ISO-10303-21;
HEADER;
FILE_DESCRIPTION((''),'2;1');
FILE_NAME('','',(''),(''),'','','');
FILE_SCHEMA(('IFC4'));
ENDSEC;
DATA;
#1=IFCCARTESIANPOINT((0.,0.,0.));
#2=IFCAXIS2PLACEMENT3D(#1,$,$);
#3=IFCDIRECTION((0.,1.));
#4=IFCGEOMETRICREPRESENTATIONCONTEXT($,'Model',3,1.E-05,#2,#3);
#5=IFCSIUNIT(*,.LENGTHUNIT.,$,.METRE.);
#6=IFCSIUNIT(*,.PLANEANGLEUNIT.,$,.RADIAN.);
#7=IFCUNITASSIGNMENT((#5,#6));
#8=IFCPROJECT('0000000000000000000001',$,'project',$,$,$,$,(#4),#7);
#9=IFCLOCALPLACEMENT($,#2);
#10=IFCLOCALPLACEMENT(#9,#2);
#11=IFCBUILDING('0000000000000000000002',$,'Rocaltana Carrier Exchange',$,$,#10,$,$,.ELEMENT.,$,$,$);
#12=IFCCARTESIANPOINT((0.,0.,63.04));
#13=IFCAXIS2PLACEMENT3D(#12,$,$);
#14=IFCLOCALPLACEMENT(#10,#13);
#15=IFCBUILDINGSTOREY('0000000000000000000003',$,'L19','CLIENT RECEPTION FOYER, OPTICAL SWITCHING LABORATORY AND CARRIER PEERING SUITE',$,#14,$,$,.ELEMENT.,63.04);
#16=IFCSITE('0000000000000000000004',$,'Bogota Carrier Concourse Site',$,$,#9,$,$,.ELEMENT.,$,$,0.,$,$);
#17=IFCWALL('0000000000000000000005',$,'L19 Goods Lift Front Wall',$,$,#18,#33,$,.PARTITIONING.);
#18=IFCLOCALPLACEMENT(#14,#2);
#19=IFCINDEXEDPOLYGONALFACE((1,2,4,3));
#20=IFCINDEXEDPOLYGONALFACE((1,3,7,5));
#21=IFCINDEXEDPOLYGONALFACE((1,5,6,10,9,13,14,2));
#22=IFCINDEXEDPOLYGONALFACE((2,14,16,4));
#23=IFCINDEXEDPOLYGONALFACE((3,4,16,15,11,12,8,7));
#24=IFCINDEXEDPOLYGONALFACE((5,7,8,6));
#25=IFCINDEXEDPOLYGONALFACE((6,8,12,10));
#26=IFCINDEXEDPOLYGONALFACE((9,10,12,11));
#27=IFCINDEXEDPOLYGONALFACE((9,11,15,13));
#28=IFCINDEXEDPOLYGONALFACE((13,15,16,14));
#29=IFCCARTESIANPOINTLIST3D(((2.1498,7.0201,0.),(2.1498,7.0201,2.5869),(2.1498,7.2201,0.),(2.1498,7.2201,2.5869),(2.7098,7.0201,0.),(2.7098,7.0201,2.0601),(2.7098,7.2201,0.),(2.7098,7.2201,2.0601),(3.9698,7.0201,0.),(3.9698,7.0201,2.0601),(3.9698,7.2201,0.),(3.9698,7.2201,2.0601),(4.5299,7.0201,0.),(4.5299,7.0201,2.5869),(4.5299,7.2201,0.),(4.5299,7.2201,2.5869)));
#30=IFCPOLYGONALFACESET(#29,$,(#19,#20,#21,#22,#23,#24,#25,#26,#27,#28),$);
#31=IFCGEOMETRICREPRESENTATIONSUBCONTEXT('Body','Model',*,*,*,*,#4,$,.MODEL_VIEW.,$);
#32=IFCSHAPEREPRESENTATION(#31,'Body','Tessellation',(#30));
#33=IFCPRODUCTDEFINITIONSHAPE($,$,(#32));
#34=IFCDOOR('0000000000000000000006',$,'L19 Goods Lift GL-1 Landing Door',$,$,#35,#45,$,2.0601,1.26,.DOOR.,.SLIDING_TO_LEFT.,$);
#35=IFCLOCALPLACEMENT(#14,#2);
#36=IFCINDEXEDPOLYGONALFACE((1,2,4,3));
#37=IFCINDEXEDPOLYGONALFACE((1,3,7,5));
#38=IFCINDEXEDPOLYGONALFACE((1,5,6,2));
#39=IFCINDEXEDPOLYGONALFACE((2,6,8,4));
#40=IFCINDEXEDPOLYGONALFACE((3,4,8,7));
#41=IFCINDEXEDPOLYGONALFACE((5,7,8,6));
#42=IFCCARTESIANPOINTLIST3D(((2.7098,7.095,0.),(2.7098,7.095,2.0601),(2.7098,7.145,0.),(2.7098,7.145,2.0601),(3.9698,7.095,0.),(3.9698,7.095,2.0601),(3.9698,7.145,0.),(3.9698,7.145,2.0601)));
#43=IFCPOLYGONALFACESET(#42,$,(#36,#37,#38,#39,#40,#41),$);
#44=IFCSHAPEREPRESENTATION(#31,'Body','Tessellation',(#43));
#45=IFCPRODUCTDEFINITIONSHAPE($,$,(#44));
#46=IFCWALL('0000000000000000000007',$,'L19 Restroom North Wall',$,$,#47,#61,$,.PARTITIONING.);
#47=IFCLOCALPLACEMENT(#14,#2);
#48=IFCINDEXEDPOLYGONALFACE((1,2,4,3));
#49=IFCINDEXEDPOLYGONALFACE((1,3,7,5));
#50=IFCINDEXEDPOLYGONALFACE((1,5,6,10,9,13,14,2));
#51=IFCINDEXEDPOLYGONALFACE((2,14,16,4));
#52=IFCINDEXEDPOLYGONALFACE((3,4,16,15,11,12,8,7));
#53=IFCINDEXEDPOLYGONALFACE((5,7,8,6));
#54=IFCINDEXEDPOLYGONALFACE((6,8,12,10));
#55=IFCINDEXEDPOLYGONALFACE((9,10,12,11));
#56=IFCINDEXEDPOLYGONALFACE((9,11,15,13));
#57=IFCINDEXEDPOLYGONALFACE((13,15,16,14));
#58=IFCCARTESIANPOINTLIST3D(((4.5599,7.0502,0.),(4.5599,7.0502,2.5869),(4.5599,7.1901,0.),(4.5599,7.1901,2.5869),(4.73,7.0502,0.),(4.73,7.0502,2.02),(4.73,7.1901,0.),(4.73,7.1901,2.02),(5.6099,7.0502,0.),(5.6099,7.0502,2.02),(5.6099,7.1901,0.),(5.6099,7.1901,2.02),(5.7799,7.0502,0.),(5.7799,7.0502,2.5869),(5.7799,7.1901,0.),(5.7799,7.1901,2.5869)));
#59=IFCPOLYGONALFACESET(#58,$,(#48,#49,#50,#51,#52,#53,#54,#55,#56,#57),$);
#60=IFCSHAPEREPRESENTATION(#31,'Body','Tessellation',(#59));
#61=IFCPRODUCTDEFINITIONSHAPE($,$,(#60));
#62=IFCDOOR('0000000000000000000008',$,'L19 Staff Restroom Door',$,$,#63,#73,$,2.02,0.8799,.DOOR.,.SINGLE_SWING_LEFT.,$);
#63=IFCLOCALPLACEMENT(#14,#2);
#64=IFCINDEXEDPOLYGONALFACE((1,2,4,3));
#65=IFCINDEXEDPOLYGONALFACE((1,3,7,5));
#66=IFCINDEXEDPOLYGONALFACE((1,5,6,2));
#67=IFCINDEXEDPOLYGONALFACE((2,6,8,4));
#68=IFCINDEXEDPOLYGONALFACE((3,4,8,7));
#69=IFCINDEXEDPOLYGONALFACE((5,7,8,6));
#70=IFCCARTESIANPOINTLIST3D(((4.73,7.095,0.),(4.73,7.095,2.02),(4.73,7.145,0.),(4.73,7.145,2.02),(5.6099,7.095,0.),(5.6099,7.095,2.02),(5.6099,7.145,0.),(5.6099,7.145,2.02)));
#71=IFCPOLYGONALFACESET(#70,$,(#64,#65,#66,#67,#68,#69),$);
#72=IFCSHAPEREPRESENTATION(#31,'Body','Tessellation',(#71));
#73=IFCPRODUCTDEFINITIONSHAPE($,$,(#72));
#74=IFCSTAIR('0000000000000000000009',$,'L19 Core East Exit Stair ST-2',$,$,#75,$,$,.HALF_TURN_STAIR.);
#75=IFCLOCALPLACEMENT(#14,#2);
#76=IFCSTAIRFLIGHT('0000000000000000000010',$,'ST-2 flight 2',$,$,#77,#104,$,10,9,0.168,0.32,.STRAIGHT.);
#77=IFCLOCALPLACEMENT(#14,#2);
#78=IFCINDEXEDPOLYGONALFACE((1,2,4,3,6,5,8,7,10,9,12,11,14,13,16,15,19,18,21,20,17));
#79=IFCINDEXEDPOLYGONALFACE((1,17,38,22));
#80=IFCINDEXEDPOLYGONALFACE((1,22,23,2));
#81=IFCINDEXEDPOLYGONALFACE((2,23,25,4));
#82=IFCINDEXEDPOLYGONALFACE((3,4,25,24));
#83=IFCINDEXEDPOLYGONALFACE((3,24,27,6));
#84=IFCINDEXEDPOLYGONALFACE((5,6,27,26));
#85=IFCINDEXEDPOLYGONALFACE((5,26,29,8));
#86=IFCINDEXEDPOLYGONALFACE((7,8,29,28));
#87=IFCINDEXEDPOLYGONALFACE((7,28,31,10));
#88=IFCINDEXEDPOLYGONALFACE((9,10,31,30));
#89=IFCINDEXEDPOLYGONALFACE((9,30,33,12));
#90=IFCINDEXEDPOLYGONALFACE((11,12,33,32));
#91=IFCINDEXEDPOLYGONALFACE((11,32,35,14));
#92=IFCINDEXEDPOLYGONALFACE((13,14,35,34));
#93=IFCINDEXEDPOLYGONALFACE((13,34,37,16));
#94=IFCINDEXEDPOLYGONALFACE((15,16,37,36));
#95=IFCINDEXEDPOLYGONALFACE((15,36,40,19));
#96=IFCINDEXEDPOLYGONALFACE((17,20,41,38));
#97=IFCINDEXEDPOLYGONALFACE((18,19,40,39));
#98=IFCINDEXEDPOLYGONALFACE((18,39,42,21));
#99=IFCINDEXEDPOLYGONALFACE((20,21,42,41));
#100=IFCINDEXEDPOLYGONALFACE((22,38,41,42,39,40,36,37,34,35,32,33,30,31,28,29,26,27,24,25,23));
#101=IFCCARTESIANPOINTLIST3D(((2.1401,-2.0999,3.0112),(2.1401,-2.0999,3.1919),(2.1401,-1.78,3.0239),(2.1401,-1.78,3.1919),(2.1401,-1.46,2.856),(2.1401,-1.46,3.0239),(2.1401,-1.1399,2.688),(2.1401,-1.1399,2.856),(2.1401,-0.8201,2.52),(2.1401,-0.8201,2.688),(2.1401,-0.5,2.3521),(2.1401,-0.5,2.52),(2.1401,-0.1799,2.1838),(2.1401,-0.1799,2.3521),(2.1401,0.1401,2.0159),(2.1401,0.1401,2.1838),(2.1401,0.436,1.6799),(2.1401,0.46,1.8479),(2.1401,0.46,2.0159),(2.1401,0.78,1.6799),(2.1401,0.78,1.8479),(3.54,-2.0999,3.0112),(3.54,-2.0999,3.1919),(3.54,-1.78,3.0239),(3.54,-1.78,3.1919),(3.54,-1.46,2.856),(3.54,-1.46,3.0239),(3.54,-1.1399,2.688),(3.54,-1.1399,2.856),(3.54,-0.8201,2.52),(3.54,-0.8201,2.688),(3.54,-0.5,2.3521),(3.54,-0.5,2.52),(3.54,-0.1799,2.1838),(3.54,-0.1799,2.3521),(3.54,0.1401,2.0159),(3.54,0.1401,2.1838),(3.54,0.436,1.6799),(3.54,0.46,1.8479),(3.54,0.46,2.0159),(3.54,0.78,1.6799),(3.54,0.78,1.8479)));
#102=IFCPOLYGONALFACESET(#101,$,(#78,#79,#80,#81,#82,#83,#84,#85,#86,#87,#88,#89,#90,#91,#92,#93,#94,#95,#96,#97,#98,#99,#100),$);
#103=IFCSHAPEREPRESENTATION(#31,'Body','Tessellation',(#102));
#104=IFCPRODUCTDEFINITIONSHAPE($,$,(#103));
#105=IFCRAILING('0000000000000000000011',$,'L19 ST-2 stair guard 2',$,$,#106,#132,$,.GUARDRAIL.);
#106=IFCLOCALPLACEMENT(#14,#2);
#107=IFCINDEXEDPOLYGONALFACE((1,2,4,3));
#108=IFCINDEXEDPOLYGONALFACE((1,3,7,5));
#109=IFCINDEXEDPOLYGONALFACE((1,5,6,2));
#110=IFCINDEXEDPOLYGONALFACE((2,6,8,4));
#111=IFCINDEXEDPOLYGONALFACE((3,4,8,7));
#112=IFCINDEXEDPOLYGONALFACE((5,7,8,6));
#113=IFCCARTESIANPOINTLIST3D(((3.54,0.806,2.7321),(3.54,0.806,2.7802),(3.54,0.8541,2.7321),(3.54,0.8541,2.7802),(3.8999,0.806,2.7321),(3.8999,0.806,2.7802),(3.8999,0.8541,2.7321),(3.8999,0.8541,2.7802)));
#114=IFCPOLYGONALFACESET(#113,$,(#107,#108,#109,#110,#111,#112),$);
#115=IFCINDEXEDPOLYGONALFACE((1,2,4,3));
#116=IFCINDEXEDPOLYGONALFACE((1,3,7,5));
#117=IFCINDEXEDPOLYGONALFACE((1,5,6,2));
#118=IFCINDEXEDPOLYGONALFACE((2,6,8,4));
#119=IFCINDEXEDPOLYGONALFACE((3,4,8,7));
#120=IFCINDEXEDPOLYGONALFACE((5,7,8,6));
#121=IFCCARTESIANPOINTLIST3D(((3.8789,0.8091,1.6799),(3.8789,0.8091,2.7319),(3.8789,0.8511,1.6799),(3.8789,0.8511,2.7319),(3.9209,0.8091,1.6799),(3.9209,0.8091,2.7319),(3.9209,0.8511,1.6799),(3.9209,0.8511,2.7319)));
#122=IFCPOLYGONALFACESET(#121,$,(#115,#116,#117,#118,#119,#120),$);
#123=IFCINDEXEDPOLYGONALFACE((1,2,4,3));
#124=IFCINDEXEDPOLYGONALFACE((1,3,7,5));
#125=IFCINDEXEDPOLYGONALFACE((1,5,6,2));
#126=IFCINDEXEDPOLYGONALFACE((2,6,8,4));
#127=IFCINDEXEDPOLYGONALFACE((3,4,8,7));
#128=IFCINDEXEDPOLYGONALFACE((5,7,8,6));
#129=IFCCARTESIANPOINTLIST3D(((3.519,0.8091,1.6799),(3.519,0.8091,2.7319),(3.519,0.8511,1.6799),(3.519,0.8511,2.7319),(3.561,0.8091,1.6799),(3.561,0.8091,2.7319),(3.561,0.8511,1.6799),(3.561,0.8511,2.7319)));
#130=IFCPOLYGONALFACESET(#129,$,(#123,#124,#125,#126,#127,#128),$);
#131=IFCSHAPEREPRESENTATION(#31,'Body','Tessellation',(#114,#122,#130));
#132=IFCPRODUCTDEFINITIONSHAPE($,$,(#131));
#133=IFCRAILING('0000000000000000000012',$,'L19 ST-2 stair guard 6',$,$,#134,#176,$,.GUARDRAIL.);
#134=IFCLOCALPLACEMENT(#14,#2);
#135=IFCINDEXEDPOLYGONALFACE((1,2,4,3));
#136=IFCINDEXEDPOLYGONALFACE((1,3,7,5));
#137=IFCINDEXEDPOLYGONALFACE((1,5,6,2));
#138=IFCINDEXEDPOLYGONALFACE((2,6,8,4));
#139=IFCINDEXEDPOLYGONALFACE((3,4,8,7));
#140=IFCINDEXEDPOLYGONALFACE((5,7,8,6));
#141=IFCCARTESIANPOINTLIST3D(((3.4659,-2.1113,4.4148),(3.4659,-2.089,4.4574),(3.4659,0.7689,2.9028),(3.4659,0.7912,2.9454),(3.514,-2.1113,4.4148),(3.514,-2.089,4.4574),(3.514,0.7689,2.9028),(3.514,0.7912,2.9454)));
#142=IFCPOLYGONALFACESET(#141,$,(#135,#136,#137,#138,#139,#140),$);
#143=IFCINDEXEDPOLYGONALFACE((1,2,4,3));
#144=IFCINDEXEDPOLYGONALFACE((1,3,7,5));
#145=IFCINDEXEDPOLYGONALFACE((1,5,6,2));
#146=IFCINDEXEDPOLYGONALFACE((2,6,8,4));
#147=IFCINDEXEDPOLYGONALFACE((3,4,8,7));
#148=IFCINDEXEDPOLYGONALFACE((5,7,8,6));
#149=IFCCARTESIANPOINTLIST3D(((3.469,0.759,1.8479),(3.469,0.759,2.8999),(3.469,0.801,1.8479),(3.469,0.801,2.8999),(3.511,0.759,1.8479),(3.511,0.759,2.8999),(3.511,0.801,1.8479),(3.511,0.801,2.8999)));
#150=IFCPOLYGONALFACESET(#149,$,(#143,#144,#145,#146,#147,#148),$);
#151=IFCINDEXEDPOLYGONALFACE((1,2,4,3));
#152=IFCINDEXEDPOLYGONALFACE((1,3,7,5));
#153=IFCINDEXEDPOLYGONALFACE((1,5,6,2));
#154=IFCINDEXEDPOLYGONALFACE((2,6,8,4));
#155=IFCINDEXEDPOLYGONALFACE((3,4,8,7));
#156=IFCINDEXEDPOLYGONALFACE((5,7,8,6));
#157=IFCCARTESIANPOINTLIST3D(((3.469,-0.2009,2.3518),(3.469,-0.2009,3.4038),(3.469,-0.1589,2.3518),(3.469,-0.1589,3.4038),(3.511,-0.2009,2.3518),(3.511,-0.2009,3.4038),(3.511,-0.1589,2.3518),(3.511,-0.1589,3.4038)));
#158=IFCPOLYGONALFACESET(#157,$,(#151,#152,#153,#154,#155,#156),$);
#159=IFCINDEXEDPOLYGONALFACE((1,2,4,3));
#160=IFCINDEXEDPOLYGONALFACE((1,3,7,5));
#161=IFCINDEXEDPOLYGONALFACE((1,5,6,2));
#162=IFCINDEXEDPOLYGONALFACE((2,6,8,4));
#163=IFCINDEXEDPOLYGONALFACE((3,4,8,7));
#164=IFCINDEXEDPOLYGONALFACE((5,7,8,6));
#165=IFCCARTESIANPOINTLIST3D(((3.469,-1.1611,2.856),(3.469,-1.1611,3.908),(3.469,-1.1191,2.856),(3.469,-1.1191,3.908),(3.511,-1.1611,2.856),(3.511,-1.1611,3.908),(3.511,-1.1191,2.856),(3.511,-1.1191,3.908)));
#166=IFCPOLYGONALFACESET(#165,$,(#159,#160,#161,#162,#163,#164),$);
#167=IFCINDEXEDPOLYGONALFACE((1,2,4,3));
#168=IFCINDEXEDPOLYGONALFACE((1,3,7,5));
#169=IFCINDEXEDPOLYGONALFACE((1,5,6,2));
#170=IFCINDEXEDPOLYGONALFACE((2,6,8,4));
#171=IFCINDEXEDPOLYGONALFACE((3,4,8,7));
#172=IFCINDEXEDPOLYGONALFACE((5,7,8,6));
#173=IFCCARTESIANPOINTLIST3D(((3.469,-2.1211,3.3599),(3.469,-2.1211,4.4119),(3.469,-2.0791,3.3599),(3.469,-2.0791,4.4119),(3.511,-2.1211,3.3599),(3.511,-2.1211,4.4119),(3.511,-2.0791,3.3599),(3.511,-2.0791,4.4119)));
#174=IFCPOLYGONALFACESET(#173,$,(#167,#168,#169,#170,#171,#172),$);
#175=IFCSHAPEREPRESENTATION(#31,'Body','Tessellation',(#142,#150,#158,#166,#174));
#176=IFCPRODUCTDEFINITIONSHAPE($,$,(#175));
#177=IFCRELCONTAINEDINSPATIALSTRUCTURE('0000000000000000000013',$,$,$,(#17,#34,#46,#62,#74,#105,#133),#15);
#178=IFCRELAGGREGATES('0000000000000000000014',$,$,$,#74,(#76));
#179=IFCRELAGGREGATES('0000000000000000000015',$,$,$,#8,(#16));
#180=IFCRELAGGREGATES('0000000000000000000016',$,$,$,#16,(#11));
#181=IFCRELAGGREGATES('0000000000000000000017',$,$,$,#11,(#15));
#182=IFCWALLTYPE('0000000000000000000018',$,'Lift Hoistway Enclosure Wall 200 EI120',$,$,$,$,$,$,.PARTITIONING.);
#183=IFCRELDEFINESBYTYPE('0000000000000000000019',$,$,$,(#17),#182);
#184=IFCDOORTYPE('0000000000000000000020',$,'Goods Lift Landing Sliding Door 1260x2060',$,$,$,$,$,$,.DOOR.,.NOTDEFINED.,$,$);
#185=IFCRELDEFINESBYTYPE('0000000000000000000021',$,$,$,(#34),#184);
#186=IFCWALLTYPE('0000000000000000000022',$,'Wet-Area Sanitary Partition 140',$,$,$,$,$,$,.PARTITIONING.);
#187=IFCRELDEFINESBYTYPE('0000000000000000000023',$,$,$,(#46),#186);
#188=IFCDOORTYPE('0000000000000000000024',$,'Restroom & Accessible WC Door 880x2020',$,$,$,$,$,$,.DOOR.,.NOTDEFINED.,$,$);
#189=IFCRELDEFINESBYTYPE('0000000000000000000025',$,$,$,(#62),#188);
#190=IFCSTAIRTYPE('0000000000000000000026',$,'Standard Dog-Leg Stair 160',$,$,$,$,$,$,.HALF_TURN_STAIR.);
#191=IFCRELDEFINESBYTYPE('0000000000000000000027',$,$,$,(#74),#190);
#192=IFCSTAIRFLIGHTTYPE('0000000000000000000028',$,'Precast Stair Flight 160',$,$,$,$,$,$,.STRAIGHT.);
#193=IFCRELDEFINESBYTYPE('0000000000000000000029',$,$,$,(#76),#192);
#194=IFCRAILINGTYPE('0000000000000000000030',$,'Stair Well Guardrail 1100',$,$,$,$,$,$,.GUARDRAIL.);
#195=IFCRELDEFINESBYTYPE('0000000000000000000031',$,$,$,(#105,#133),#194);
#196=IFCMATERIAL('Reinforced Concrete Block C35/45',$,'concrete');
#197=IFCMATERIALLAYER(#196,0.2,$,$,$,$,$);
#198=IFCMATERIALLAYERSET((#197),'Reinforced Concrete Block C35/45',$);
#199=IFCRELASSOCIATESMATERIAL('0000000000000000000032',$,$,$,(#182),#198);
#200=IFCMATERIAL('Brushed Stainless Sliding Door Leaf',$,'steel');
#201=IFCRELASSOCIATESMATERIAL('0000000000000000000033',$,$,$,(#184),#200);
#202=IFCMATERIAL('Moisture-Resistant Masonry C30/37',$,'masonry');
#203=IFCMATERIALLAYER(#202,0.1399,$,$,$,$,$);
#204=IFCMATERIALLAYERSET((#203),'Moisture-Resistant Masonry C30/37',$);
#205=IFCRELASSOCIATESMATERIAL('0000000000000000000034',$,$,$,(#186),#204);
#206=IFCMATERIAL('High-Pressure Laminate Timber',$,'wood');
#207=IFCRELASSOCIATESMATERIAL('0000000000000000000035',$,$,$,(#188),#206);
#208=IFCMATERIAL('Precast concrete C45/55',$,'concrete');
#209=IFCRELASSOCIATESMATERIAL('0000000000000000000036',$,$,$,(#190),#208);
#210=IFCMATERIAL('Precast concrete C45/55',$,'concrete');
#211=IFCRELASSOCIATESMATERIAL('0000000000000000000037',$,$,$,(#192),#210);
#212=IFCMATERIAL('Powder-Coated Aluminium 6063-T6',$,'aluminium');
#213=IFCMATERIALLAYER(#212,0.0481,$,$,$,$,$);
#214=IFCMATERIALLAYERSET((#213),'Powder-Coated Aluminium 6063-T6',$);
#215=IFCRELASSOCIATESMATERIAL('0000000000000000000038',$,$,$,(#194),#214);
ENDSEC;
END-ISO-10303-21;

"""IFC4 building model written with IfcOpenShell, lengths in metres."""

from ifc_helpers import new_model, si_unit, direction, frame, frame_2d, origin, origin_2d, place, context, subcontext, project, spatial, polyline, rectangle, outline, extrude, material, layer, layer_set, type_object, element, fill, aggregate, save


model = new_model("IFC4")

# Units and contexts
model_context = context("Model", 3, precision=1e-05, world=origin(), true_north=direction((0.0, 1.0)))
body_context = subcontext(model_context, "Body", "Model", "MODEL_VIEW")
ifc_project = project(units=[si_unit("LENGTHUNIT", "METRE"), si_unit("PLANEANGLEUNIT", "RADIAN")], contexts=[model_context])

# Site, building, storey
site_placement = place(None, origin())
site = spatial("IfcSite", under=ifc_project, at=site_placement, Name="Bogota Carrier Concourse Site", CompositionType="ELEMENT", RefElevation=0.0)
building_placement = place(site_placement, origin())
building = spatial("IfcBuilding", under=site, at=building_placement, Name="Rocaltana Carrier Exchange", CompositionType="ELEMENT")
storey_placement = place(building_placement, frame((0.0, 0.0, 63.04)))
storey = spatial("IfcBuildingStorey", under=building, at=storey_placement, Name="L19", Description="CLIENT RECEPTION FOYER, OPTICAL SWITCHING LABORATORY AND CARRIER PEERING SUITE", CompositionType="ELEMENT", Elevation=63.04)

# Shared definitions
ifc_material_1 = material(Name="Reinforced Concrete Block C35/45", Category="concrete")
ifc_layer_1 = layer(ifc_material_1, 0.2)
ifc_layer_set_1 = layer_set([ifc_layer_1], Name="Reinforced Concrete Block C35/45")
wall_type_1 = type_object("IfcWallType", Name="Lift Hoistway Enclosure Wall 200 EI120", PredefinedType="PARTITIONING", material=ifc_layer_set_1)

# Walls, openings, doors
wall_1_placement = place(storey_placement, frame((2.1499, 7.1201, 0.0), z_axis=(0.0, 0.0, 1.0), x_axis=(1.0, 0.0, 0.0)))
wall_1 = element("IfcWall", 1, at=wall_1_placement, inside=storey, type_object=wall_type_1, Name="L19 Goods Lift Front Wall", PredefinedType="PARTITIONING", context=body_context, shape_type="SweptSolid", body=[
    extrude(rectangle(XDim=2.3801, YDim=0.2, at=frame_2d((1.1899, 0.0))), origin(), (0.0, 0.0, 1.0), 2.5869),
])
opening_1_placement = place(wall_1_placement, frame((0.5601, 0.0, 0.0)))
opening_1 = element("IfcOpeningElement", 2, at=opening_1_placement, cuts=wall_1, PredefinedType="OPENING", context=body_context, shape_type="SweptSolid", body=[
    extrude(rectangle(XDim=1.26, YDim=2.0601, at=frame_2d((0.6299, 1.03))), frame((0.0, 0.1099, 0.0), z_axis=(0.0, -1.0, 0.0), x_axis=(1.0, 0.0, 0.0)), (0.0, 0.0, 1.0), 0.22),
])
ifc_material_2 = material(Name="Brushed Stainless Sliding Door Leaf", Category="steel")
door_type_1 = type_object("IfcDoorType", Name="Goods Lift Landing Sliding Door 1260x2060", OperationType="NOTDEFINED", PredefinedType="DOOR", material=ifc_material_2)
door_1_placement = place(opening_1_placement, origin())
door_1 = element("IfcDoor", 3, at=door_1_placement, inside=storey, type_object=door_type_1, Name="L19 Goods Lift GL-1 Landing Door", OperationType="SLIDING_TO_LEFT", OverallHeight=2.0601, OverallWidth=1.26, PredefinedType="DOOR", context=body_context, shape_type="SweptSolid", body=[
    extrude(rectangle(XDim=1.26, YDim=2.0601, at=frame_2d((0.6299, 1.03))), frame((0.0, 0.0249, 0.0), z_axis=(0.0, -1.0, 0.0), x_axis=(1.0, 0.0, 0.0)), (0.0, 0.0, 1.0), 0.05),
])
fill(opening_1, door_1)
ifc_material_3 = material(Name="Moisture-Resistant Masonry C30/37", Category="masonry")
ifc_layer_2 = layer(ifc_material_3, 0.1399)
ifc_layer_set_2 = layer_set([ifc_layer_2], Name="Moisture-Resistant Masonry C30/37")
wall_type_2 = type_object("IfcWallType", Name="Wet-Area Sanitary Partition 140", PredefinedType="PARTITIONING", material=ifc_layer_set_2)
wall_2_placement = place(storey_placement, frame((4.5601, 7.1201, 0.0), z_axis=(0.0, 0.0, 1.0), x_axis=(1.0, 0.0, 0.0)))
wall_2 = element("IfcWall", 4, at=wall_2_placement, inside=storey, type_object=wall_type_2, Name="L19 Restroom North Wall", PredefinedType="PARTITIONING", context=body_context, shape_type="SweptSolid", body=[
    extrude(rectangle(XDim=1.22, YDim=0.1399, at=frame_2d((0.6099, 0.0))), origin(), (0.0, 0.0, 1.0), 2.5869),
])
opening_2_placement = place(wall_2_placement, frame((0.1699, 0.0, 0.0)))
opening_2 = element("IfcOpeningElement", 5, at=opening_2_placement, cuts=wall_2, PredefinedType="OPENING", context=body_context, shape_type="SweptSolid", body=[
    extrude(rectangle(XDim=0.8799, YDim=2.02, at=frame_2d((0.4399, 1.01))), frame((0.0, 0.0798, 0.0), z_axis=(0.0, -1.0, 0.0), x_axis=(1.0, 0.0, 0.0)), (0.0, 0.0, 1.0), 0.1599),
])
ifc_material_4 = material(Name="High-Pressure Laminate Timber", Category="wood")
door_type_2 = type_object("IfcDoorType", Name="Restroom & Accessible WC Door 880x2020", OperationType="NOTDEFINED", PredefinedType="DOOR", material=ifc_material_4)
door_2_placement = place(opening_2_placement, origin())
door_2 = element("IfcDoor", 6, at=door_2_placement, inside=storey, type_object=door_type_2, Name="L19 Staff Restroom Door", OperationType="SINGLE_SWING_LEFT", OverallHeight=2.02, OverallWidth=0.8799, PredefinedType="DOOR", context=body_context, shape_type="SweptSolid", body=[
    extrude(rectangle(XDim=0.8799, YDim=2.02, at=frame_2d((0.4399, 1.01))), frame((0.0, 0.0249, 0.0), z_axis=(0.0, -1.0, 0.0), x_axis=(1.0, 0.0, 0.0)), (0.0, 0.0, 1.0), 0.05),
])
fill(opening_2, door_2)

# Stair, stair flight
ifc_material_5 = material(Name="Precast concrete C45/55", Category="concrete")
stair_type = type_object("IfcStairType", Name="Standard Dog-Leg Stair 160", PredefinedType="HALF_TURN_STAIR", material=ifc_material_5)
stair_placement = place(storey_placement, origin())
stair = element("IfcStair", 7, at=stair_placement, inside=storey, type_object=stair_type, Name="L19 Core East Exit Stair ST-2", PredefinedType="HALF_TURN_STAIR")
ifc_material_6 = material(Name="Precast concrete C45/55", Category="concrete")
stair_flight_type = type_object("IfcStairFlightType", Name="Precast Stair Flight 160", PredefinedType="STRAIGHT", material=ifc_material_6)
stair_flight_placement = place(storey_placement, frame((2.8401, 0.78, 1.6799), z_axis=(0.0, 0.0, 1.0), x_axis=(0.0, -1.0, 0.0)))
stair_flight = element("IfcStairFlight", 8, at=stair_flight_placement, type_object=stair_flight_type, Name="ST-2 flight 2", NumberOfRisers=10, NumberOfTreads=9, PredefinedType="STRAIGHT", RiserHeight=0.168, TreadLength=0.32, context=body_context, shape_type="SweptSolid", body=[
    extrude(outline(polyline([(0.0, 0.0), (0.0, 0.168), (0.3201, 0.168), (0.3201, 0.3359), (0.6399, 0.3359), (0.6399, 0.5039), (0.96, 0.5039), (0.96, 0.6721), (1.28, 0.6721), (1.28, 0.8401), (1.6001, 0.8401), (1.6001, 1.0081), (1.9199, 1.0081), (1.9199, 1.176), (2.24, 1.176), (2.24, 1.344), (2.5601, 1.344), (2.5601, 1.512), (2.8799, 1.512), (2.8799, 1.6799), (2.8799, 1.3313), (0.344, 0.0), (0.0, 0.0)])), frame((0.0, 0.7, 0.0), z_axis=(0.0, -1.0, 0.0), x_axis=(1.0, 0.0, 0.0)), (0.0, 0.0, 1.0), 1.3999),
])
aggregate(stair, [stair_flight])

# Railings
ifc_material_7 = material(Name="Powder-Coated Aluminium 6063-T6", Category="aluminium")
ifc_layer_3 = layer(ifc_material_7, 0.0481)
ifc_layer_set_3 = layer_set([ifc_layer_3], Name="Powder-Coated Aluminium 6063-T6")
railing_type = type_object("IfcRailingType", Name="Stair Well Guardrail 1100", PredefinedType="GUARDRAIL", material=ifc_layer_set_3)
railing_1_placement = place(storey_placement, frame((3.8999, 0.8301, 1.6799)))
element("IfcRailing", 9, at=railing_1_placement, inside=storey, type_object=railing_type, Name="L19 ST-2 stair guard 2", PredefinedType="GUARDRAIL", context=body_context, shape_type="SweptSolid", body=[
    extrude(rectangle(XDim=0.0481, YDim=0.0481, at=origin_2d()), frame((0.0, 0.0, 1.0762), z_axis=(-1.0, 0.0, 0.0), x_axis=(0.0, -1.0, 0.0)), (0.0, 0.0, 1.0), 0.3599),
    extrude(rectangle(XDim=0.042, YDim=0.042, at=origin_2d()), origin(), (0.0, 0.0, 1.0), 1.052),
    extrude(rectangle(XDim=0.042, YDim=0.042, at=origin_2d()), frame((-0.3599, 0.0, 0.0)), (0.0, 0.0, 1.0), 1.052),
])
railing_2_placement = place(storey_placement, frame((3.49, 0.78, 1.8479)))
element("IfcRailing", 10, at=railing_2_placement, inside=storey, type_object=railing_type, Name="L19 ST-2 stair guard 6", PredefinedType="GUARDRAIL", context=body_context, shape_type="SweptSolid", body=[
    extrude(rectangle(XDim=0.0481, YDim=0.0481, at=origin_2d()), frame((0.0, 0.0, 1.0762), z_axis=(0.0, -0.885411, 0.464809), x_axis=(1.0, 0.0, 0.0)), (0.0, 0.0, 1.0), 3.2529),
    extrude(rectangle(XDim=0.042, YDim=0.042, at=origin_2d()), origin(), (0.0, 0.0, 1.0), 1.052),
    extrude(rectangle(XDim=0.042, YDim=0.042, at=origin_2d()), frame((0.0, -0.96, 0.5039)), (0.0, 0.0, 1.0), 1.052),
    extrude(rectangle(XDim=0.042, YDim=0.042, at=origin_2d()), frame((0.0, -1.9202, 1.0081)), (0.0, 0.0, 1.0), 1.052),
    extrude(rectangle(XDim=0.042, YDim=0.042, at=origin_2d()), frame((0.0, -2.8801, 1.512)), (0.0, 0.0, 1.0), 1.052),
])

save(model, "model.ifc")
